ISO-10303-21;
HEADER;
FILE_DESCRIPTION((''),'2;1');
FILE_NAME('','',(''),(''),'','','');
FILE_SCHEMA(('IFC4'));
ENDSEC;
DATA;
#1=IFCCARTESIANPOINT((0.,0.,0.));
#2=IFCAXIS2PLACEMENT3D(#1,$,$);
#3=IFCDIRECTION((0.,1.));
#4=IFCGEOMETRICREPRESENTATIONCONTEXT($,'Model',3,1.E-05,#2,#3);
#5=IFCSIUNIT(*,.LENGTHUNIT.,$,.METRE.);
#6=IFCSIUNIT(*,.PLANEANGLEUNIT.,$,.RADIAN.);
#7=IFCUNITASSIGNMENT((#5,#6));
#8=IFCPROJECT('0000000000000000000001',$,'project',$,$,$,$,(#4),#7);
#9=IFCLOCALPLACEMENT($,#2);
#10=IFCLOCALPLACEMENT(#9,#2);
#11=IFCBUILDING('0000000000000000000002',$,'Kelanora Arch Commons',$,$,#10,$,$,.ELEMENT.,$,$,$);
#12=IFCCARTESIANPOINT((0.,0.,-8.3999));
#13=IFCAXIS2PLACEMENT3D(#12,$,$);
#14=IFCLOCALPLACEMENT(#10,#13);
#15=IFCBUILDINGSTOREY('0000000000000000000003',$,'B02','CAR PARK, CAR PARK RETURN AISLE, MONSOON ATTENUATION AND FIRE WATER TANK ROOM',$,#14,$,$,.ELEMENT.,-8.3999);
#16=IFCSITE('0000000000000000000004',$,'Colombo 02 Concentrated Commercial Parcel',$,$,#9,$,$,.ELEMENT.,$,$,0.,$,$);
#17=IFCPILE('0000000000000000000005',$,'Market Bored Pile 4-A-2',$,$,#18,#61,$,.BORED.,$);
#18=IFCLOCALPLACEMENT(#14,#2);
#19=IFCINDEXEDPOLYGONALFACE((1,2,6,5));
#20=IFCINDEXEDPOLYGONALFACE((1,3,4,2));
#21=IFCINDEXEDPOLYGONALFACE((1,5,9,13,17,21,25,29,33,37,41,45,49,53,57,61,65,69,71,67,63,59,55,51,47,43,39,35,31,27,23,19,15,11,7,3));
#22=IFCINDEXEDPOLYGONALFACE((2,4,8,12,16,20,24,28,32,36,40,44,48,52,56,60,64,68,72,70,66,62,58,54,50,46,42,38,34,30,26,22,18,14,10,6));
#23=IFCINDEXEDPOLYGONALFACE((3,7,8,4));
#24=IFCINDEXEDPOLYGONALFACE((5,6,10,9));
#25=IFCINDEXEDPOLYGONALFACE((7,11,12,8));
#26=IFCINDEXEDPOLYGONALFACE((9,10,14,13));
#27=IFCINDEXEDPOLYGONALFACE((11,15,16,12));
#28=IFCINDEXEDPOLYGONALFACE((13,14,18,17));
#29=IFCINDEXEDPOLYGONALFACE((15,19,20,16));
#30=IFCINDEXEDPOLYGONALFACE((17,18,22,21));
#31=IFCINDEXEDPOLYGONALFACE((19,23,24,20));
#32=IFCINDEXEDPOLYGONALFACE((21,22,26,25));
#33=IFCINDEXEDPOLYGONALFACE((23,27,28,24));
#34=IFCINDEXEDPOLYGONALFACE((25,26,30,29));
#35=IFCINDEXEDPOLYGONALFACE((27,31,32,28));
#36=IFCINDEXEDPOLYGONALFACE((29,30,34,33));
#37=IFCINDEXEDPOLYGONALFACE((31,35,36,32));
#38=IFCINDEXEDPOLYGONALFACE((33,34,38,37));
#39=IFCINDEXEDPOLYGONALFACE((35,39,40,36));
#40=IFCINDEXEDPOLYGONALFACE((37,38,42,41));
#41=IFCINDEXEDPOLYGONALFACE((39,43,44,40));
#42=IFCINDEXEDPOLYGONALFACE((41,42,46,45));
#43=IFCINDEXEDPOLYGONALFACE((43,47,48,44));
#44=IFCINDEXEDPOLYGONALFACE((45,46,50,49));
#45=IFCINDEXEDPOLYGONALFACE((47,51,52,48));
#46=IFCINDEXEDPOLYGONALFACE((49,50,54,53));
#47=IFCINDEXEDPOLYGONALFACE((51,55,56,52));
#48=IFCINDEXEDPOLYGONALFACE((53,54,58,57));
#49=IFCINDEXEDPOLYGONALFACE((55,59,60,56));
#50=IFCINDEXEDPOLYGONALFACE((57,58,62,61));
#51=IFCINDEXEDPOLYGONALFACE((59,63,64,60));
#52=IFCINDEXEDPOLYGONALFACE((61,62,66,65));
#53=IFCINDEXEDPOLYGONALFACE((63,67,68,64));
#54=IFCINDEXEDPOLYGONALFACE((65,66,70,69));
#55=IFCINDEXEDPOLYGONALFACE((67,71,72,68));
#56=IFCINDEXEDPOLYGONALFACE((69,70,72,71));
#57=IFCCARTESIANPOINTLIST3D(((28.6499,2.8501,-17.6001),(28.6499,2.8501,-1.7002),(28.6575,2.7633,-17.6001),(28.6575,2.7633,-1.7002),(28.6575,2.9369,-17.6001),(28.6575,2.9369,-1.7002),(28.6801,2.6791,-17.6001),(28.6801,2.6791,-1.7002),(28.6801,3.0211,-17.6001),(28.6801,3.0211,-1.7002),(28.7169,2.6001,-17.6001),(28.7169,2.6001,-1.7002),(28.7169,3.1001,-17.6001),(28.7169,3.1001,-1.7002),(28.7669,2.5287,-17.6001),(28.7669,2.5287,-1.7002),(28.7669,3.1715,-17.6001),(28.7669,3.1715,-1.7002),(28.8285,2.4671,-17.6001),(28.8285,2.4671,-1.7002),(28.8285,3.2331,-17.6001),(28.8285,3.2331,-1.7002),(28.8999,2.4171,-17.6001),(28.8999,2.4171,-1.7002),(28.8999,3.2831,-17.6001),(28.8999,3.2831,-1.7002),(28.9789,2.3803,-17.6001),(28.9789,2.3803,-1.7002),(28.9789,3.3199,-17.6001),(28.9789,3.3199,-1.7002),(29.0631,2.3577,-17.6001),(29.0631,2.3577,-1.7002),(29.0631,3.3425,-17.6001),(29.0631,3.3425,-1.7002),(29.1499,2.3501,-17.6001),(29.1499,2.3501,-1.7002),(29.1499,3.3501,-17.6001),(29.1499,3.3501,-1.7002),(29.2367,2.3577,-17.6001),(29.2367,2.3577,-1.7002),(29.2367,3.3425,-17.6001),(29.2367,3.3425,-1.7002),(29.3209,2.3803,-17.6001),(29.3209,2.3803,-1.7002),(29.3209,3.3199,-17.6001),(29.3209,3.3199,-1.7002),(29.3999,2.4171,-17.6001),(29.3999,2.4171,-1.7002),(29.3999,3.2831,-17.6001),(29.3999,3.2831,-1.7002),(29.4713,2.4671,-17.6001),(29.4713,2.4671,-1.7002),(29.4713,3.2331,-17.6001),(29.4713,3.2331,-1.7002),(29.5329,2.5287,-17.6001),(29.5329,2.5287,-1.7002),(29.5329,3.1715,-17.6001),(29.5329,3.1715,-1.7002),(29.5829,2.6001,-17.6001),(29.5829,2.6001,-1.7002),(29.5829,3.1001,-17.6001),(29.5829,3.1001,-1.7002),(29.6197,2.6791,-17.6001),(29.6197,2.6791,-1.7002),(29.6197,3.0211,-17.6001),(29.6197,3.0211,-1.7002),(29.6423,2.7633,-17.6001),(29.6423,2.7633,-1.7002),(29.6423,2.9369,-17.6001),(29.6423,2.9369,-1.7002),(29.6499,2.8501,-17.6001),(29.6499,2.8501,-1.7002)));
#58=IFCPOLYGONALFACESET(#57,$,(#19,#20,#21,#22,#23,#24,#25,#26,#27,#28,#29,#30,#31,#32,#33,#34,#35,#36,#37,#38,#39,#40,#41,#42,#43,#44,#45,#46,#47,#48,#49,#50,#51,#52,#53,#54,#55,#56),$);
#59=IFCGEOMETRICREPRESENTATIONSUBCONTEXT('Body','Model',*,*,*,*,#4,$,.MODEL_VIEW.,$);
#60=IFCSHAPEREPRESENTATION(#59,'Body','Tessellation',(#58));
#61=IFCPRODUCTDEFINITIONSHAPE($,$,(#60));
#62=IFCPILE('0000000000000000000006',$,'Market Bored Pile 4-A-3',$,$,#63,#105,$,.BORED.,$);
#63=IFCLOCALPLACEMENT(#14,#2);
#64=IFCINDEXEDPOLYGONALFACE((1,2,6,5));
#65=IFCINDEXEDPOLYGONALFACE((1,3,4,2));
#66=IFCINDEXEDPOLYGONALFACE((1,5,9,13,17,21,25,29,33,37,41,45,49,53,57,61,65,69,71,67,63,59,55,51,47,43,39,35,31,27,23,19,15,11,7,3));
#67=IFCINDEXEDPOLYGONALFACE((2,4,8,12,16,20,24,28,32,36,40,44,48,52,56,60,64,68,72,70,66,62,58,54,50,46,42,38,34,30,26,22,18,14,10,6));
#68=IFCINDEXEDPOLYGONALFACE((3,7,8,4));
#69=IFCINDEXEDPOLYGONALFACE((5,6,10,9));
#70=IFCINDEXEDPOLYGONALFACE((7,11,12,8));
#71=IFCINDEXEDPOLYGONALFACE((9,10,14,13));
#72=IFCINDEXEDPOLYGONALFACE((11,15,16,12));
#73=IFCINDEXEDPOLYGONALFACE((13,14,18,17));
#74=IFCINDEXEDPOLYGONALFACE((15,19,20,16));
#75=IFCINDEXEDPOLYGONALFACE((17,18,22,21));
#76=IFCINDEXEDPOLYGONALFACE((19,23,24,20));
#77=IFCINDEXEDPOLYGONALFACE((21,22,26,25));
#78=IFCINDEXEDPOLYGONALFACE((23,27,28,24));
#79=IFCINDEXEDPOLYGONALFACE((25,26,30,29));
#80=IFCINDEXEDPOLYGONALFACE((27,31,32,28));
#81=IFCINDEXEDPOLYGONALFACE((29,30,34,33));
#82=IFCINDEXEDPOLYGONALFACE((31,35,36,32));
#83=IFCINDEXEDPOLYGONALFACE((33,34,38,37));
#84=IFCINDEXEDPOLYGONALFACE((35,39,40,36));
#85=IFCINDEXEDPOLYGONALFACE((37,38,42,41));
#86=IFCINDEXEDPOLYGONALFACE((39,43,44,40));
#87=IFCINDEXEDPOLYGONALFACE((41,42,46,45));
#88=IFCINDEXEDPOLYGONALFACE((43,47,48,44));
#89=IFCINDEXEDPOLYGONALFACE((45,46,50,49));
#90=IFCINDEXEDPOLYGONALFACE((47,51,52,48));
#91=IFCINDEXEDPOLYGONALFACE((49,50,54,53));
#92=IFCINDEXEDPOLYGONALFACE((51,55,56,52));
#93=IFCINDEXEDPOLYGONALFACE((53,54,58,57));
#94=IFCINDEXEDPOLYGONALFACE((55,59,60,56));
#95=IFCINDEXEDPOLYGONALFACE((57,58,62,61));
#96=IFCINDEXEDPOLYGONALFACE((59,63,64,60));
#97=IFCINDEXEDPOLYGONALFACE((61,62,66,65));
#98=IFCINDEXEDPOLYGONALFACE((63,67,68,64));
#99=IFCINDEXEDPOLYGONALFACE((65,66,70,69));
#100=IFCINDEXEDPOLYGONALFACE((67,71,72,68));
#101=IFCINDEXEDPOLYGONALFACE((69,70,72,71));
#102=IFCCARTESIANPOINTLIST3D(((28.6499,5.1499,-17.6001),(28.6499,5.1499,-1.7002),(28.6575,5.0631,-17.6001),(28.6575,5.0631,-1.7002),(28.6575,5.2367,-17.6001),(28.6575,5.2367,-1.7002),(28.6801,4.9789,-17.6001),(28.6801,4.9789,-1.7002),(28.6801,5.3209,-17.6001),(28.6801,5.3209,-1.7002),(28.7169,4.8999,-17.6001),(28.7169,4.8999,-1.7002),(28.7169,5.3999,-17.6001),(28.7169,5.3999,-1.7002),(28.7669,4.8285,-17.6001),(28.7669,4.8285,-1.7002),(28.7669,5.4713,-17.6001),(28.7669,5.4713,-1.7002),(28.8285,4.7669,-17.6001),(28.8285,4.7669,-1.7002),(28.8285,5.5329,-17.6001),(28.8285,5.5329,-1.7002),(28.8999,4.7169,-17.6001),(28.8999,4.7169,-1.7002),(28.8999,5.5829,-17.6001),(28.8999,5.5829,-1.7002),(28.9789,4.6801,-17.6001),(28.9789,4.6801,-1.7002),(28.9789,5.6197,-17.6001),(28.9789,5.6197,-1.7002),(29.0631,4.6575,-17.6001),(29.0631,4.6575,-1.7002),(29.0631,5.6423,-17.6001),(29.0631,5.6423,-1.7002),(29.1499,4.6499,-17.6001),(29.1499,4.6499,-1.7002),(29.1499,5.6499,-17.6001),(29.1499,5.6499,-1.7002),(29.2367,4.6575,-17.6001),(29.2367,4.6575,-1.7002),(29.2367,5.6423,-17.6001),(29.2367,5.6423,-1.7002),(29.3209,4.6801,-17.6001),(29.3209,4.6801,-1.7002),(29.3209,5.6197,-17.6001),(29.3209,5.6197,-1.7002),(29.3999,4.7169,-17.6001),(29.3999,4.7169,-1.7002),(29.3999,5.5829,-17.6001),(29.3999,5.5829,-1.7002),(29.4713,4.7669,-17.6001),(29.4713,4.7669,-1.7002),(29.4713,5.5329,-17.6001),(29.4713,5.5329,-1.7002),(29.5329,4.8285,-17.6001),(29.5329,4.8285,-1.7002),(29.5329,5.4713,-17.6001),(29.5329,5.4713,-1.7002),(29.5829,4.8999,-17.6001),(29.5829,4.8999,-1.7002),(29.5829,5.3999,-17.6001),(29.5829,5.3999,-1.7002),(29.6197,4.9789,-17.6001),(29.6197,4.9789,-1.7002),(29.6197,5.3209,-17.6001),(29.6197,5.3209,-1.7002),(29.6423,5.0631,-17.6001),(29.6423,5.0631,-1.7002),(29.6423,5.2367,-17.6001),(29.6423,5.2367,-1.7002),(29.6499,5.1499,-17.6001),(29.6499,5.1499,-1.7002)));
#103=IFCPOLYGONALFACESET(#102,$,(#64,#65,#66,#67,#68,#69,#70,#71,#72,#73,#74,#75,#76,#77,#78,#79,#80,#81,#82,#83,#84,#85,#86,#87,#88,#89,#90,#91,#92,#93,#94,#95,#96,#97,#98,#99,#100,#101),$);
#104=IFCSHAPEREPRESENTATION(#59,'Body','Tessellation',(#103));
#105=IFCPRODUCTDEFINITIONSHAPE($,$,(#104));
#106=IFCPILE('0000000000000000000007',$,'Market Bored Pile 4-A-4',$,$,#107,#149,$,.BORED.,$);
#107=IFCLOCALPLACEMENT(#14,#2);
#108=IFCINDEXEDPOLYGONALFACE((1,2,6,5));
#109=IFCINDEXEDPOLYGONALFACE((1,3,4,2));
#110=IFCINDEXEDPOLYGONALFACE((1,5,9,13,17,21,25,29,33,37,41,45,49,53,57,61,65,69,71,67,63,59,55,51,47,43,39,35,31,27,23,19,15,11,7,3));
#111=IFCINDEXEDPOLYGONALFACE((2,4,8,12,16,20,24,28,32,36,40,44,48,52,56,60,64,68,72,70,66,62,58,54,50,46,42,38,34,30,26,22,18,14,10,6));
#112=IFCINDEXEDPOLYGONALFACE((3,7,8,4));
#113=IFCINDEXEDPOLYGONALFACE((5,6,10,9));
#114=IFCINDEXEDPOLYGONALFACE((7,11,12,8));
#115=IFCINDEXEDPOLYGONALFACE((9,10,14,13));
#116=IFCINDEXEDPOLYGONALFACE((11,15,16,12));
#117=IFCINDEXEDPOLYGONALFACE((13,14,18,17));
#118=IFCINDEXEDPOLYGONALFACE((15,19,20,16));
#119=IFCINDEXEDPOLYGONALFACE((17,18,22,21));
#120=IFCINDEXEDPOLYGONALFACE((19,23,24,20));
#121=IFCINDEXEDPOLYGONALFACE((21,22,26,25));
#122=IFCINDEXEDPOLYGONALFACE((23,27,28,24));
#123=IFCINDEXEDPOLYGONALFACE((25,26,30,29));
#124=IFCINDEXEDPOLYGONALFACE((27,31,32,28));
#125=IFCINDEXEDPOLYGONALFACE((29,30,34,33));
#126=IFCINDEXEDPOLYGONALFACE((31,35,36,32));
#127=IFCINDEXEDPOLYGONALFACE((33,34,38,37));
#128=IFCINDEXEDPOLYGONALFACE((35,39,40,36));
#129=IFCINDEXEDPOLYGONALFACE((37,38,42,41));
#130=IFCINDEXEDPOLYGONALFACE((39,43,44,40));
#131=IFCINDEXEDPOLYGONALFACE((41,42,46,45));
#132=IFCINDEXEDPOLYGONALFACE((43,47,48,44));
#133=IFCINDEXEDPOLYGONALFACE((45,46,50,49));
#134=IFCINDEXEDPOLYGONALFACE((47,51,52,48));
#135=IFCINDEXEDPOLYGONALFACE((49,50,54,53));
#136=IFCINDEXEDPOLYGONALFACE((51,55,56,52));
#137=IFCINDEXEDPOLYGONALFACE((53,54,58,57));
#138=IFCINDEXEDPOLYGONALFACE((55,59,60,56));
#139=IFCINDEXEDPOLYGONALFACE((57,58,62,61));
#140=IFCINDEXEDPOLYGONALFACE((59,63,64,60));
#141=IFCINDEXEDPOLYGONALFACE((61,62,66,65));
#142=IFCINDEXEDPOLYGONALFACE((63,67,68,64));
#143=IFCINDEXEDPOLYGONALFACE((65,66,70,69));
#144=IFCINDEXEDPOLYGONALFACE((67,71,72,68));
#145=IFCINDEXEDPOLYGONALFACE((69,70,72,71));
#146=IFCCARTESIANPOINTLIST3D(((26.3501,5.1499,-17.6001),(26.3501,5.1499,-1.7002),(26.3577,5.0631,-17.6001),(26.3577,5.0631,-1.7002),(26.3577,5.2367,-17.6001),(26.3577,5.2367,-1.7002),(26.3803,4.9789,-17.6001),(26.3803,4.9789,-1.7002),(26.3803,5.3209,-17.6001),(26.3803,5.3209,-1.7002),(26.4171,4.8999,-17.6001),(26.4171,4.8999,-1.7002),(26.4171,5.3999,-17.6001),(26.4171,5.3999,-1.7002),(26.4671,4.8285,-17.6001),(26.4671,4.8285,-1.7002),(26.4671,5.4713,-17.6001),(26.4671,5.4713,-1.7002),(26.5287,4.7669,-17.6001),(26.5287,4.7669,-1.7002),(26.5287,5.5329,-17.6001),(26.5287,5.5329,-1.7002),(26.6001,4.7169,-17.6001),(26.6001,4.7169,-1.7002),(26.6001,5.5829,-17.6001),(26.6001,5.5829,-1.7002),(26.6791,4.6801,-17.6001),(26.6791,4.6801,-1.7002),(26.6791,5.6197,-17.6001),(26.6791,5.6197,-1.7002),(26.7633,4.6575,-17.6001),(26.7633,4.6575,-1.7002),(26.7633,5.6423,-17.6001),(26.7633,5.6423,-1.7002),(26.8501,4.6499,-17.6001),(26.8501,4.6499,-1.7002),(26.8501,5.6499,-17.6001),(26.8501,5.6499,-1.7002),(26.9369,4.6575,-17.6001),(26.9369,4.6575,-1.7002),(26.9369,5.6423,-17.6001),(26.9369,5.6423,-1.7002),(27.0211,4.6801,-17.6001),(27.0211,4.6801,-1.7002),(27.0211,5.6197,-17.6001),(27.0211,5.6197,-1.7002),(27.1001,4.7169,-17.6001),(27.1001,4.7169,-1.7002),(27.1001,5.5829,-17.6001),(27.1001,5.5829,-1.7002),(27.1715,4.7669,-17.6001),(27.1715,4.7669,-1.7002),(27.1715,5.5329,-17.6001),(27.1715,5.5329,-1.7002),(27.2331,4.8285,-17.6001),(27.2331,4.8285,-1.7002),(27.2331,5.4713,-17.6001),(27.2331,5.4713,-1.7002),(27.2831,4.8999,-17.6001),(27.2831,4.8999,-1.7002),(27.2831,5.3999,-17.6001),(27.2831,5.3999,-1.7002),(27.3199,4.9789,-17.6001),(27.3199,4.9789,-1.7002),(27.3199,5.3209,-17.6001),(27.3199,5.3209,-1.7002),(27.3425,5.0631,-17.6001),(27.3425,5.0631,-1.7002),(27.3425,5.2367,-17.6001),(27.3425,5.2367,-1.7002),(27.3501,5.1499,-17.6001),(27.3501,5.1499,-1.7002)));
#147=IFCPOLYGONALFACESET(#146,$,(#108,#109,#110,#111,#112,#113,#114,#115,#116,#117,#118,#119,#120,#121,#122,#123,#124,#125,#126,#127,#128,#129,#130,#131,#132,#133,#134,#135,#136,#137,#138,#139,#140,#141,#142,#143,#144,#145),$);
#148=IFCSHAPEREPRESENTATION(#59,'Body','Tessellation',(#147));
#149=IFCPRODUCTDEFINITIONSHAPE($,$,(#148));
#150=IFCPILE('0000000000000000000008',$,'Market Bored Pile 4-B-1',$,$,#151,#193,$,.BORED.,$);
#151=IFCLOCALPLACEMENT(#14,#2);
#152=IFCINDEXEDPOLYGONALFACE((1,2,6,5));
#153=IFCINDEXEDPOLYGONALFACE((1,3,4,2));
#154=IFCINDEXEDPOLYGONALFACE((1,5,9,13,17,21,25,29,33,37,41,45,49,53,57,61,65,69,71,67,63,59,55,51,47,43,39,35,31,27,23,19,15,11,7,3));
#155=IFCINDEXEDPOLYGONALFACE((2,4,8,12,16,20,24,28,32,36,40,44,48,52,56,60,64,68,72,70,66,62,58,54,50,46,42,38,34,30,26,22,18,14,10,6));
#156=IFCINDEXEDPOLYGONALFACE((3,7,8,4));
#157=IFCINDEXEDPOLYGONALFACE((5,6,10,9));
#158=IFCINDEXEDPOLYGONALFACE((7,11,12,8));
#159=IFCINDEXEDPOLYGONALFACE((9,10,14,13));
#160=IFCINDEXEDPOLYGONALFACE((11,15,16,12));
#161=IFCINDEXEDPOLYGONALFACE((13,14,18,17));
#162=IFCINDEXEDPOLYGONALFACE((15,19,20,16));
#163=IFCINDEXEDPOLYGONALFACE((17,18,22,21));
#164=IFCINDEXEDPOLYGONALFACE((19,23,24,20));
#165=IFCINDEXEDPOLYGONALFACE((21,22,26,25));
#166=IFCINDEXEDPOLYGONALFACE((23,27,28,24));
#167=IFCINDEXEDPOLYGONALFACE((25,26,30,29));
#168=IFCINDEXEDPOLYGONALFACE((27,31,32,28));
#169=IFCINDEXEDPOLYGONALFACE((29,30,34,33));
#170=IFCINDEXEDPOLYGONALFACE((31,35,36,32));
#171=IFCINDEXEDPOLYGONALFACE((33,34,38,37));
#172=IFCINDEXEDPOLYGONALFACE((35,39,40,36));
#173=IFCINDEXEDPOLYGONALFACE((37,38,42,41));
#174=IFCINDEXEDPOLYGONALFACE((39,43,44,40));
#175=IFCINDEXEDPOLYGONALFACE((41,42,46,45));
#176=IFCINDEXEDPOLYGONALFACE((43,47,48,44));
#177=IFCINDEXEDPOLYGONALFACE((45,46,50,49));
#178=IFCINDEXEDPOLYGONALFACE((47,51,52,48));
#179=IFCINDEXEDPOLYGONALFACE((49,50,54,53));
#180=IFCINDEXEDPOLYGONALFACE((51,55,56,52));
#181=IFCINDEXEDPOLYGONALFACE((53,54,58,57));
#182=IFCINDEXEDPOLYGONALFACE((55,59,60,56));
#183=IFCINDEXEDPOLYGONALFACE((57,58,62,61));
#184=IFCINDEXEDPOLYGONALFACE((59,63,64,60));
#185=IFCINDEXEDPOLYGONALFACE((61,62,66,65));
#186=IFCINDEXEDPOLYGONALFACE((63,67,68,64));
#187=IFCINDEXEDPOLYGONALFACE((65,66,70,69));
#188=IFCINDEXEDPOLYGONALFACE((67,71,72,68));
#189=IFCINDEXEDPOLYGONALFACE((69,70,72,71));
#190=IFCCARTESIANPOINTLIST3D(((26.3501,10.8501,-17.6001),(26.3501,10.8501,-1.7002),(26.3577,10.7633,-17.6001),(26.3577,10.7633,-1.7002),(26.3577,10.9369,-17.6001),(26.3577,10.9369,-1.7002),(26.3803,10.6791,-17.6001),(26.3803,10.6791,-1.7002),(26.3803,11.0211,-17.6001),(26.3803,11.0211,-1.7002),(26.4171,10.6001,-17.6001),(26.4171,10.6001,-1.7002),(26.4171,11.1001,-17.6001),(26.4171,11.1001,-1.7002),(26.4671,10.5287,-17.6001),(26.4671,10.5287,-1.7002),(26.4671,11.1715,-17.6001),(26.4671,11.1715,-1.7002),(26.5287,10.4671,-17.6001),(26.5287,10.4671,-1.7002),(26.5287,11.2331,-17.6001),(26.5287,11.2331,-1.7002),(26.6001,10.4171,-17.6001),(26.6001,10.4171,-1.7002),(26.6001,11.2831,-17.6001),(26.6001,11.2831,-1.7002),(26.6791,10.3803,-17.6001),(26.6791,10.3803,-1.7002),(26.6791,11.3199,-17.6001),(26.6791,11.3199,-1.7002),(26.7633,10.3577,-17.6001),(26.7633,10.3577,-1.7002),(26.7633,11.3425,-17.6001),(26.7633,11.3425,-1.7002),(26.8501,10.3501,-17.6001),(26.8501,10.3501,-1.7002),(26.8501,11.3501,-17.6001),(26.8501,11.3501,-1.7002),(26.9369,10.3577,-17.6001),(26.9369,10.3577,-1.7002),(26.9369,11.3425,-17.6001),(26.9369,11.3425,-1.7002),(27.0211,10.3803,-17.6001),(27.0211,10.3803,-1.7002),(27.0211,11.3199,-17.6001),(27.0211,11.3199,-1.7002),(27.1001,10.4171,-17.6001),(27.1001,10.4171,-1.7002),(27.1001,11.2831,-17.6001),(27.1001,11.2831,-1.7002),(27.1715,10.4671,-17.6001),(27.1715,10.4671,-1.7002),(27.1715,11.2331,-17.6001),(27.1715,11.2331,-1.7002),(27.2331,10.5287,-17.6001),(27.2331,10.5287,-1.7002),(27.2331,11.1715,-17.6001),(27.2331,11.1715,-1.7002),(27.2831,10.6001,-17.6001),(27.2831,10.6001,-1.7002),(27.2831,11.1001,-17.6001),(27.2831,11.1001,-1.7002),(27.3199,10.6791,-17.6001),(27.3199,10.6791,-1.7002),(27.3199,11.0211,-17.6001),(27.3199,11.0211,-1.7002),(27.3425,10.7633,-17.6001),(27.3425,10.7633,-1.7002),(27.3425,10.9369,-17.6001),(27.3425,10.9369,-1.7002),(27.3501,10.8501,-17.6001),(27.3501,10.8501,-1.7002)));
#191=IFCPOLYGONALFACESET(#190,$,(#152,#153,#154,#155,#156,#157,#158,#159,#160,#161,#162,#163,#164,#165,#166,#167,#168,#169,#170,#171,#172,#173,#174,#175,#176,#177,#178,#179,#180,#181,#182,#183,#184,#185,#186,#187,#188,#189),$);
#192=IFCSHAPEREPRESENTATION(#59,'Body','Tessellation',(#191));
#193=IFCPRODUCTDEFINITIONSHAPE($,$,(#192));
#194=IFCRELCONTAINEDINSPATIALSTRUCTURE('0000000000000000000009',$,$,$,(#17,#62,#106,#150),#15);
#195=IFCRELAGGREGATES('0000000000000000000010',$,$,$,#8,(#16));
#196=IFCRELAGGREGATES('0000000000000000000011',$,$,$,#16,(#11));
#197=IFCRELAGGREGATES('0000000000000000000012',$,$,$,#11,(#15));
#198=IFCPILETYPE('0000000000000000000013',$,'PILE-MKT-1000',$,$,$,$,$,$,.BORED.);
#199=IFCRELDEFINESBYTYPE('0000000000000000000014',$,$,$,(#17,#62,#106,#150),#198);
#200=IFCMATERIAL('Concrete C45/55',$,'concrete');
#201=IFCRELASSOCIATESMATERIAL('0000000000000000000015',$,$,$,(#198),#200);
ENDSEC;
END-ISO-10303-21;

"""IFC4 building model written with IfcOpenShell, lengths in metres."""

from ifc_helpers import new_model, si_unit, direction, frame, origin, origin_2d, place, context, subcontext, project, spatial, circle, extrude, source, transform, mapped, material, material_profile, profile_set, type_object, element, save


model = new_model("IFC4")

# Units and contexts
model_context = context("Model", 3, precision=1e-05, world=origin(), true_north=direction((0.0, 1.0)))
body_context = subcontext(model_context, "Body", "Model", "MODEL_VIEW")
ifc_project = project(units=[si_unit("LENGTHUNIT", "METRE"), si_unit("PLANEANGLEUNIT", "RADIAN")], contexts=[model_context])

# Site, building, storey
site_placement = place(None, origin())
site = spatial("IfcSite", under=ifc_project, at=site_placement, Name="Colombo 02 Concentrated Commercial Parcel", CompositionType="ELEMENT", RefElevation=0.0)
building_placement = place(site_placement, origin())
building = spatial("IfcBuilding", under=site, at=building_placement, Name="Kelanora Arch Commons", CompositionType="ELEMENT")
storey_placement = place(building_placement, frame((0.0, 0.0, -8.3999)))
storey = spatial("IfcBuildingStorey", under=building, at=storey_placement, Name="B02", Description="CAR PARK, CAR PARK RETURN AISLE, MONSOON ATTENUATION AND FIRE WATER TANK ROOM", CompositionType="ELEMENT", Elevation=-8.3999)

# Piles
ifc_material_1 = material(Name="Concrete C45/55", Category="concrete")
ifc_material_profile_1 = material_profile(ifc_material_1, circle(Radius=0.5, at=origin_2d()), Name="PILE1000")
ifc_profile_set_1 = profile_set([ifc_material_profile_1], Name="Concrete C45/55")
pile_type = type_object("IfcPileType", Name="PILE-MKT-1000", PredefinedType="BORED", material=ifc_profile_set_1)
shared_shape_1 = source(origin(), body_context, "Body", "SweptSolid", [
    extrude(circle(Radius=0.5, at=origin_2d()), origin(), (0.0, 0.0, 1.0), 15.8999),
])
for number, where, z_axis, x_axis, name in (
    (1, (29.1499, 2.8501, -1.7002), (0.0, 0.0, -1.0), (1.0, 0.0, 0.0), "Market Bored Pile 4-A-2"),
    (2, (29.1499, 5.1499, -1.7002), (0.0, 0.0, -1.0), (1.0, 0.0, 0.0), "Market Bored Pile 4-A-3"),
    (3, (26.8501, 5.1499, -1.7002), (0.0, 0.0, -1.0), (1.0, 0.0, 0.0), "Market Bored Pile 4-A-4"),
    (4, (26.8501, 10.8501, -1.7002), (0.0, 0.0, -1.0), (1.0, 0.0, 0.0), "Market Bored Pile 4-B-1"),
):
    element("IfcPile", number, at=place(storey_placement, frame(where, z_axis=z_axis, x_axis=x_axis)), inside=storey, type_object=pile_type, Name=name, PredefinedType="BORED", context=body_context, shape_type="MappedRepresentation", body=[
        mapped(shared_shape_1, transform((0.0, 0.0, 0.0), scale=1.0)),
    ])

save(model, "model.ifc")
